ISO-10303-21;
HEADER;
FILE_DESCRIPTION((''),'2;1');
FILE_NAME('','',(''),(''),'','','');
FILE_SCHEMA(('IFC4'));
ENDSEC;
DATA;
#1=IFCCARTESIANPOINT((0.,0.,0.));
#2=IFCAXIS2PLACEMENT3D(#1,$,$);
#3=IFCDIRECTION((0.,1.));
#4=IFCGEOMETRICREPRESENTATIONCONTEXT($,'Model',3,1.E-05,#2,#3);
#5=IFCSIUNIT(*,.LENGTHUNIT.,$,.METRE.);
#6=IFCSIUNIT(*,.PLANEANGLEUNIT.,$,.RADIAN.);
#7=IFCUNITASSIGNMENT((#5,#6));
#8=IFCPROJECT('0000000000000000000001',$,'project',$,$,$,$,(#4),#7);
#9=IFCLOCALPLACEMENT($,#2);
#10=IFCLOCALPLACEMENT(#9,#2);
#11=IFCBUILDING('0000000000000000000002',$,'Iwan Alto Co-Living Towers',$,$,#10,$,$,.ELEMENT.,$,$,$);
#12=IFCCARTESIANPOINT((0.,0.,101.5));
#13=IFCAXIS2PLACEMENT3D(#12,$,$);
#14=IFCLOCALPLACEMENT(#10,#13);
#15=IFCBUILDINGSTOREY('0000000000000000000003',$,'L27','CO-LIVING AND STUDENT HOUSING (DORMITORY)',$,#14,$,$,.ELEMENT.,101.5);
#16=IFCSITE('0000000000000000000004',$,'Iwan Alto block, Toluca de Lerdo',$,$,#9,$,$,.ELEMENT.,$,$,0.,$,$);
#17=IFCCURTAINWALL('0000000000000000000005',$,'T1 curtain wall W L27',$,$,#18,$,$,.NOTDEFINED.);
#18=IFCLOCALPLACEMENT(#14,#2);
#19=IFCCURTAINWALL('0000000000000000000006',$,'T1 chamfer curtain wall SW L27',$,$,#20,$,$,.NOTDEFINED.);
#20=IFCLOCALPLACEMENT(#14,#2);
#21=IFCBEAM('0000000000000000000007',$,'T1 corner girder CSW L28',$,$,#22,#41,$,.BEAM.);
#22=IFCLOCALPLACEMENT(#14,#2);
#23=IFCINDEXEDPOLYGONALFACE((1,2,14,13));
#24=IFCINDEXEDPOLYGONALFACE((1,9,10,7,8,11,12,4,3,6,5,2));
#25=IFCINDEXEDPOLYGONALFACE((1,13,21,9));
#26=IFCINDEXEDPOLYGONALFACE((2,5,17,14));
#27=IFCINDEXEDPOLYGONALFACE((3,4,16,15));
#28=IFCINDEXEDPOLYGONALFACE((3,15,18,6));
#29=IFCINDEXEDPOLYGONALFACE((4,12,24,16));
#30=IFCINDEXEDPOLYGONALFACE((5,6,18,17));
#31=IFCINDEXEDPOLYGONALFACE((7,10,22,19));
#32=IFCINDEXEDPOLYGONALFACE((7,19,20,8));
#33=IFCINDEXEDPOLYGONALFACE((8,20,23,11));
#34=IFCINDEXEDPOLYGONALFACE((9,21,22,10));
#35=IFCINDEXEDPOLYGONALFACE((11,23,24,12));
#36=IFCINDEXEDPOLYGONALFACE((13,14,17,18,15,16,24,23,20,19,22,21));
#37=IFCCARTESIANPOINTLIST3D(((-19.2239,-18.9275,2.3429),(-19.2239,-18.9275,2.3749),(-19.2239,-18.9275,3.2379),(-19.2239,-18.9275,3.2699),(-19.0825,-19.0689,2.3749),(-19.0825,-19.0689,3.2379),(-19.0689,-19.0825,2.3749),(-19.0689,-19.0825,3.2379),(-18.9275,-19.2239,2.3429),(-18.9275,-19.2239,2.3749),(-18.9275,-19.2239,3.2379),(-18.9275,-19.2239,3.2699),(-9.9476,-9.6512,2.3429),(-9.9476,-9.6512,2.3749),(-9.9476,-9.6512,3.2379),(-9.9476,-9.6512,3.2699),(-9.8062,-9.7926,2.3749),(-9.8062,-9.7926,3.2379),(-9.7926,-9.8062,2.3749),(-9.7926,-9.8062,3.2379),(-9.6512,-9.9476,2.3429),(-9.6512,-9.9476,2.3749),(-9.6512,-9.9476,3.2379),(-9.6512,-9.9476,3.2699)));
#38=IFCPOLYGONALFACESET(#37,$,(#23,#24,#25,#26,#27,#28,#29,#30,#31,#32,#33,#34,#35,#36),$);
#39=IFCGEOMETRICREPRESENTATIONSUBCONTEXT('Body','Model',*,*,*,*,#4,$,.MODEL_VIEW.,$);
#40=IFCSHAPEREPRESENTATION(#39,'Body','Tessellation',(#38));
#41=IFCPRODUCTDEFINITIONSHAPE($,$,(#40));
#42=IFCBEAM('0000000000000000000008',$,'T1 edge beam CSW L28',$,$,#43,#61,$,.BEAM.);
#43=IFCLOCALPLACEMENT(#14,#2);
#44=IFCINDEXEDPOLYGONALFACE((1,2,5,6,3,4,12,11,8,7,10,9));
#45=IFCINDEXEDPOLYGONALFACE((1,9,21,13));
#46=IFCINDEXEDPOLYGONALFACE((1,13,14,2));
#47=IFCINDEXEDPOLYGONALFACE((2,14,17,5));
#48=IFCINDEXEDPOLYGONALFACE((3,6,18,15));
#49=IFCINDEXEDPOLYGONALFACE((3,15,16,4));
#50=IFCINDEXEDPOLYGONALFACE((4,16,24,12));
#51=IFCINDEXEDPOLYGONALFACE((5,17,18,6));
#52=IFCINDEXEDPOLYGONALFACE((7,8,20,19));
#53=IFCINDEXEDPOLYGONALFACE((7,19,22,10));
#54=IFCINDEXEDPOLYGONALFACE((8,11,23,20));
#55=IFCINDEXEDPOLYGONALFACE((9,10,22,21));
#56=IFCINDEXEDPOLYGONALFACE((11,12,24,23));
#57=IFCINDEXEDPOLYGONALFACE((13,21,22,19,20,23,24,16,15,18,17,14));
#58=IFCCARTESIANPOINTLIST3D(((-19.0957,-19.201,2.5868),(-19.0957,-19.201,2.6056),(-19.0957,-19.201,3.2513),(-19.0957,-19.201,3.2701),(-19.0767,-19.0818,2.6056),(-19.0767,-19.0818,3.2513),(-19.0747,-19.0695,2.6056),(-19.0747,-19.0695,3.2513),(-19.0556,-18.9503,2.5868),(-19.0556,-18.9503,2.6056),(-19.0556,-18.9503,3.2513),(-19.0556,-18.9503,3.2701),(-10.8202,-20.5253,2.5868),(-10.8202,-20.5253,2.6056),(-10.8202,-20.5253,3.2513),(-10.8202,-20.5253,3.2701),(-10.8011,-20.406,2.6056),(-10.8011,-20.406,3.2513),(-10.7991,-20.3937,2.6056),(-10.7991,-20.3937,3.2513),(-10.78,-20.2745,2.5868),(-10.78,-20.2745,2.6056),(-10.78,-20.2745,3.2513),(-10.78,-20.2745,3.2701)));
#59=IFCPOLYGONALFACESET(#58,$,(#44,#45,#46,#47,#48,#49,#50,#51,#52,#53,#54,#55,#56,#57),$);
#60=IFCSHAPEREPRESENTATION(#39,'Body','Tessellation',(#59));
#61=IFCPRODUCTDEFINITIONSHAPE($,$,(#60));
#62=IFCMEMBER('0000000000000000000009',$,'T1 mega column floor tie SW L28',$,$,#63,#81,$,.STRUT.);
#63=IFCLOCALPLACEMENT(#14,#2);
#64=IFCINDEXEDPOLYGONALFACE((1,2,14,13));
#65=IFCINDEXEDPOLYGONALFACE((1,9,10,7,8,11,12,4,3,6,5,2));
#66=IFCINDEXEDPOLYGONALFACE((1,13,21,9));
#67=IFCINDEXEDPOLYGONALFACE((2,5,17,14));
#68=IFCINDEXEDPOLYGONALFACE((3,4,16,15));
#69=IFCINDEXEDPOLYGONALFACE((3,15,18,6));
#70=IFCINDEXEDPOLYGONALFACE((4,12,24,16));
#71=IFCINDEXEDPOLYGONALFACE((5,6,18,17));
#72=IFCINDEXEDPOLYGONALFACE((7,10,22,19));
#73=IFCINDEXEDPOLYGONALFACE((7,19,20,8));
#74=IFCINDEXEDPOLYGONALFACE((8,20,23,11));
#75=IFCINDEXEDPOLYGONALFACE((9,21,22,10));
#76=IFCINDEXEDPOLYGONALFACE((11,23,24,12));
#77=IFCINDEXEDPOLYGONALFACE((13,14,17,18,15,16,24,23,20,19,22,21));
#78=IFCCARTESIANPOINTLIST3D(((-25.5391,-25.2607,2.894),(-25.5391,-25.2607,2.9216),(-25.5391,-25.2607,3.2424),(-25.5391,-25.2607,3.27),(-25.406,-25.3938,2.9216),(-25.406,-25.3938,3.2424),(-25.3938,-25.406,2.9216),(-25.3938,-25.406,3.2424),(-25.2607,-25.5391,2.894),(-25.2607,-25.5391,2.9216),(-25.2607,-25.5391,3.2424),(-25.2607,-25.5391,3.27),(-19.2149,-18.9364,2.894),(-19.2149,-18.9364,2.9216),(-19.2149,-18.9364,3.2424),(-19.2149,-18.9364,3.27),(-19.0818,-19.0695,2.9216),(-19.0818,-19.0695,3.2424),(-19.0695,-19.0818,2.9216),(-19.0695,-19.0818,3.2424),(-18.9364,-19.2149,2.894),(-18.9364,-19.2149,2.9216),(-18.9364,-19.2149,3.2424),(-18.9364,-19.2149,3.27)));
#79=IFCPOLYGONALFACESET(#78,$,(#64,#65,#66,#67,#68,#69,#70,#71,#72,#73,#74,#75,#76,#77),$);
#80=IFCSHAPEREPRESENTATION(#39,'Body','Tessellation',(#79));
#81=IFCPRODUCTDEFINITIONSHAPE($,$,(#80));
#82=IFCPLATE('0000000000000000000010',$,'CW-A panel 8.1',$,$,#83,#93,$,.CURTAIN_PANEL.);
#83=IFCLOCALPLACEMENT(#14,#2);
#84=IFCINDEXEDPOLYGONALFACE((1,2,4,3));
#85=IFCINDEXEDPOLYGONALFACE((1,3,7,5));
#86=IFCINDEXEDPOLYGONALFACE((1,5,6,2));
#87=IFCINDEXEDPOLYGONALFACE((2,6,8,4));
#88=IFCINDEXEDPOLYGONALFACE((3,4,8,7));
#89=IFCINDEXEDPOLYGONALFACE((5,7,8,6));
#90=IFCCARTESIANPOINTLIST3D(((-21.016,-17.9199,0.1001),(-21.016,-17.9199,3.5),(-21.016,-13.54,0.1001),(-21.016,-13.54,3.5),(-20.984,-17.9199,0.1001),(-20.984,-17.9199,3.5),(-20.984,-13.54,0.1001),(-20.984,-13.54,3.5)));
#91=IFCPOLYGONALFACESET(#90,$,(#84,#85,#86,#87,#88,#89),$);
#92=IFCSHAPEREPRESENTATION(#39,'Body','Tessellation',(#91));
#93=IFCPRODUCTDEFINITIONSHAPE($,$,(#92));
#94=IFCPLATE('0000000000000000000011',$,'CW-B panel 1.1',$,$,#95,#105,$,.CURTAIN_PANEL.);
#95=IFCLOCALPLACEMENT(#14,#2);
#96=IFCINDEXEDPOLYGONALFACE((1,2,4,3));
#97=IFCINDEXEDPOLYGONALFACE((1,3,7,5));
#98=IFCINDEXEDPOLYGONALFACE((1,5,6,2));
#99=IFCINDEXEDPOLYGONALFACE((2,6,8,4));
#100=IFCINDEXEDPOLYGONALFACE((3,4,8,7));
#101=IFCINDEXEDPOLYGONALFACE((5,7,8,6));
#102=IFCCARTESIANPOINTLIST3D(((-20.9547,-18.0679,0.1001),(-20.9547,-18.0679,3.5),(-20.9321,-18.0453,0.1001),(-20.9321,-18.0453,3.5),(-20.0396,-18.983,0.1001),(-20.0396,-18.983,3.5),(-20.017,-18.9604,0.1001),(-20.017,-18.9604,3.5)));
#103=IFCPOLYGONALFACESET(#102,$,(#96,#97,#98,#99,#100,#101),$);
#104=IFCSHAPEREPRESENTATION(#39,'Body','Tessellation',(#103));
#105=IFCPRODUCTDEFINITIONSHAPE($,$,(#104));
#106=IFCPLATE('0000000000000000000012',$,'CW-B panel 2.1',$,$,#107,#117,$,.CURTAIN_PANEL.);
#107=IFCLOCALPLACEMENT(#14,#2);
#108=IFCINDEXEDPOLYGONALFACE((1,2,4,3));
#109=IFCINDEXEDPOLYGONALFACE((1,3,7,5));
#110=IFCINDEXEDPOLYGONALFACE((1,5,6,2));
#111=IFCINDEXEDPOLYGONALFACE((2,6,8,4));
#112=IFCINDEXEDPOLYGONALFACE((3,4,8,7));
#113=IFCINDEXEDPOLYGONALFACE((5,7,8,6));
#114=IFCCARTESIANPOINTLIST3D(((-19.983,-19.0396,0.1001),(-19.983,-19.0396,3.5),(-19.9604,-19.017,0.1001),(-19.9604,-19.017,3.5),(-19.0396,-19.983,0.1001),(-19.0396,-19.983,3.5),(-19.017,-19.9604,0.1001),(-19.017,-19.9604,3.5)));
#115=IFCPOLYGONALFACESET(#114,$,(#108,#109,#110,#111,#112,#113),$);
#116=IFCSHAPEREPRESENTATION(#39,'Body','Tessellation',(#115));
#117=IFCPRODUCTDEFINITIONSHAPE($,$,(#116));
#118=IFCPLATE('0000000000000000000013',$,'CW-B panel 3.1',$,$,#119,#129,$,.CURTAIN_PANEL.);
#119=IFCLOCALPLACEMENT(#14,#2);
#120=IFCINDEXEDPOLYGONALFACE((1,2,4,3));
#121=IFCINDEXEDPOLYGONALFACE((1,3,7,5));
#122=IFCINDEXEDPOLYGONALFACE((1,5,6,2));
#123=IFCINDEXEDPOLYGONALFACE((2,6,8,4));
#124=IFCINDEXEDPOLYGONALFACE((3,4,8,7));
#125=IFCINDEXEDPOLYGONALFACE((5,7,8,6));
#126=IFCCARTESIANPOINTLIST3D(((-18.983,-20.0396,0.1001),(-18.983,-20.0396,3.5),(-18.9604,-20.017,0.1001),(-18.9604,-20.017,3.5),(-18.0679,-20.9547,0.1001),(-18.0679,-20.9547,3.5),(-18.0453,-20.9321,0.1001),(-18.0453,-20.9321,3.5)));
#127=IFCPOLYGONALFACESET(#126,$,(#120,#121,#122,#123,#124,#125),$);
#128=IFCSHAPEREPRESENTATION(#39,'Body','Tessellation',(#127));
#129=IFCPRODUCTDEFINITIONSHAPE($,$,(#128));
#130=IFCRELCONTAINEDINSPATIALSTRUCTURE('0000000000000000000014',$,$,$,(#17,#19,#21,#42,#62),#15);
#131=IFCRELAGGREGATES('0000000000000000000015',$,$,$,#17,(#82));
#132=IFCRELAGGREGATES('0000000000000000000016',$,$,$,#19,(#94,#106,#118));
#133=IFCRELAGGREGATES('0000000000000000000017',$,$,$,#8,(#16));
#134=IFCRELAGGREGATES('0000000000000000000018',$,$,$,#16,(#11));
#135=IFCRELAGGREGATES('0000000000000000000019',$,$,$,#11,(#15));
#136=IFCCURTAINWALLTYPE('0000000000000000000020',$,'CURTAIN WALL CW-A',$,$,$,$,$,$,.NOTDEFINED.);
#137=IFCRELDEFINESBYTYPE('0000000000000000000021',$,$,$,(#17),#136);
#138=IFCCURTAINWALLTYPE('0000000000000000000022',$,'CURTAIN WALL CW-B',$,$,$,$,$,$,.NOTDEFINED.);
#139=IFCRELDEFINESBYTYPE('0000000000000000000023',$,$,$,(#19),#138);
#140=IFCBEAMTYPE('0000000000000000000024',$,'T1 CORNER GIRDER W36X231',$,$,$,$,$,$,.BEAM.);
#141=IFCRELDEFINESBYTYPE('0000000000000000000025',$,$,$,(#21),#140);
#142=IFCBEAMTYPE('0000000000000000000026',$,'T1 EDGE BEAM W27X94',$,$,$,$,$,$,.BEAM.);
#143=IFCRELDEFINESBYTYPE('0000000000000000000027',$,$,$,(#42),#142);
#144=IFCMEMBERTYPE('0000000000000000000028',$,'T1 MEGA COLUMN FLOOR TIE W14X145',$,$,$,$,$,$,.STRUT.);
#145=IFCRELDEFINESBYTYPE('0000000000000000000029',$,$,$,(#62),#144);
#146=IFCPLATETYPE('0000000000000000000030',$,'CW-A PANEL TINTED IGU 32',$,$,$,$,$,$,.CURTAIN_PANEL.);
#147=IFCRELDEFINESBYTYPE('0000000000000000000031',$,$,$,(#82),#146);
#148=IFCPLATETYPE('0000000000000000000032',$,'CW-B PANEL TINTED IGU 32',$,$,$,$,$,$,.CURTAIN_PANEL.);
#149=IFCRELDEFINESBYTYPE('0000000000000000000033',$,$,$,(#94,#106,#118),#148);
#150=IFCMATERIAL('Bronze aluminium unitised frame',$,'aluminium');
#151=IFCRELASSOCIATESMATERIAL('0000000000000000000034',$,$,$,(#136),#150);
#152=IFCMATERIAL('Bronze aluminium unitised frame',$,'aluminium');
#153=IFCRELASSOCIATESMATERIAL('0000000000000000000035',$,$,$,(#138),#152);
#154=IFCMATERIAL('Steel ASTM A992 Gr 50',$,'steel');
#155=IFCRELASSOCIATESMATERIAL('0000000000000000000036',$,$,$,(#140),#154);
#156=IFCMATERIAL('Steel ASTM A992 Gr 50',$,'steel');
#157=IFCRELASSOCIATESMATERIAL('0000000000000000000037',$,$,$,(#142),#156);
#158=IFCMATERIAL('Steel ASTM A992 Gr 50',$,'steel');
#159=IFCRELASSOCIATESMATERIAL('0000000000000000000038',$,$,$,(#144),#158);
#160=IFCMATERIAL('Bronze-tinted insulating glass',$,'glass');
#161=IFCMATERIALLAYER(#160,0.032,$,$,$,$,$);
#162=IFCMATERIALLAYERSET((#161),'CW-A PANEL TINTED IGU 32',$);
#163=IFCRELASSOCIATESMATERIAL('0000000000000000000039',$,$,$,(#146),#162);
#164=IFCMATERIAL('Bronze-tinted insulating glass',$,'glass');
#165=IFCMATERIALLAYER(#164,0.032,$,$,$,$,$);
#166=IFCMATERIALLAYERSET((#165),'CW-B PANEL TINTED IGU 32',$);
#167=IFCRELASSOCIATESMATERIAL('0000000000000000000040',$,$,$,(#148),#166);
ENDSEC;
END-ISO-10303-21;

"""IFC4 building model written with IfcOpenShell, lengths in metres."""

from ifc_helpers import new_model, si_unit, direction, frame, origin, origin_2d, place, context, subcontext, project, spatial, rectangle, i_section, extrude, material, layer, layer_set, material_profile, profile_set, type_object, element, aggregate, save


model = new_model("IFC4")

# Units and contexts
model_context = context("Model", 3, precision=1e-05, world=origin(), true_north=direction((0.0, 1.0)))
body_context = subcontext(model_context, "Body", "Model", "MODEL_VIEW")
ifc_project = project(units=[si_unit("LENGTHUNIT", "METRE"), si_unit("PLANEANGLEUNIT", "RADIAN")], contexts=[model_context])

# Site, building, storey
site_placement = place(None, origin())
site = spatial("IfcSite", under=ifc_project, at=site_placement, Name="Iwan Alto block, Toluca de Lerdo", CompositionType="ELEMENT", RefElevation=0.0)
building_placement = place(site_placement, origin())
building = spatial("IfcBuilding", under=site, at=building_placement, Name="Iwan Alto Co-Living Towers", CompositionType="ELEMENT")
storey_placement = place(building_placement, frame((0.0, 0.0, 101.5)))
storey = spatial("IfcBuildingStorey", under=building, at=storey_placement, Name="L27", Description="CO-LIVING AND STUDENT HOUSING (DORMITORY)", CompositionType="ELEMENT", Elevation=101.5)

# Curtain wall
ifc_material_1 = material(Name="Bronze aluminium unitised frame", Category="aluminium")
curtain_wall_type_1 = type_object("IfcCurtainWallType", Name="CURTAIN WALL CW-A", PredefinedType="NOTDEFINED", material=ifc_material_1)
curtain_wall_1_placement = place(storey_placement, origin())
curtain_wall_1 = element("IfcCurtainWall", 1, at=curtain_wall_1_placement, inside=storey, type_object=curtain_wall_type_1, Name="T1 curtain wall W L27", PredefinedType="NOTDEFINED")

# Curtain wall
ifc_material_2 = material(Name="Bronze aluminium unitised frame", Category="aluminium")
curtain_wall_type_2 = type_object("IfcCurtainWallType", Name="CURTAIN WALL CW-B", PredefinedType="NOTDEFINED", material=ifc_material_2)
curtain_wall_2_placement = place(storey_placement, origin())
curtain_wall_2 = element("IfcCurtainWall", 2, at=curtain_wall_2_placement, inside=storey, type_object=curtain_wall_type_2, Name="T1 chamfer curtain wall SW L27", PredefinedType="NOTDEFINED")

# Beams
ifc_material_3 = material(Name="Steel ASTM A992 Gr 50", Category="steel")
ifc_material_profile_1 = material_profile(ifc_material_3, i_section(OverallWidth=0.4192, OverallDepth=0.927, WebThickness=0.0193, FlangeThickness=0.032, at=origin_2d()), Name="W36X231")
ifc_profile_set_1 = profile_set([ifc_material_profile_1], Name="Steel ASTM A992 Gr 50")
beam_type_1 = type_object("IfcBeamType", Name="T1 CORNER GIRDER W36X231", PredefinedType="BEAM", material=ifc_profile_set_1)
beam_1_placement = place(storey_placement, frame((-19.0757, -19.0757, 2.8064), z_axis=(0.707107, 0.707107, 0.0), x_axis=(-0.707107, 0.707107, 0.0)))
element("IfcBeam", 3, at=beam_1_placement, inside=storey, type_object=beam_type_1, Name="T1 corner girder CSW L28", PredefinedType="BEAM", context=body_context, shape_type="SweptSolid", body=[
    extrude(i_section(OverallWidth=0.4192, OverallDepth=0.927, WebThickness=0.0193, FlangeThickness=0.032, at=origin_2d()), origin(), (0.0, 0.0, 1.0), 13.1187),
])
ifc_material_4 = material(Name="Steel ASTM A992 Gr 50", Category="steel")
ifc_material_profile_2 = material_profile(ifc_material_4, i_section(OverallWidth=0.2539, OverallDepth=0.6833, WebThickness=0.0125, FlangeThickness=0.0188, at=origin_2d()), Name="W27X94")
ifc_profile_set_2 = profile_set([ifc_material_profile_2], Name="Steel ASTM A992 Gr 50")
beam_type_2 = type_object("IfcBeamType", Name="T1 EDGE BEAM W27X94", PredefinedType="BEAM", material=ifc_profile_set_2)
beam_2_placement = place(storey_placement, frame((-19.0757, -19.0757, 2.9285), z_axis=(0.987438, -0.158004, 0.0), x_axis=(0.158004, 0.987438, 0.0)))
element("IfcBeam", 4, at=beam_2_placement, inside=storey, type_object=beam_type_2, Name="T1 edge beam CSW L28", PredefinedType="BEAM", context=body_context, shape_type="SweptSolid", body=[
    extrude(i_section(OverallWidth=0.2539, OverallDepth=0.6833, WebThickness=0.0125, FlangeThickness=0.0188, at=origin_2d()), origin(), (0.0, 0.0, 1.0), 8.3809),
])

# Member
ifc_material_5 = material(Name="Steel ASTM A992 Gr 50", Category="steel")
ifc_material_profile_3 = material_profile(ifc_material_5, i_section(OverallWidth=0.3938, OverallDepth=0.376, WebThickness=0.0173, FlangeThickness=0.0276, at=origin_2d()), Name="W14X145")
ifc_profile_set_3 = profile_set([ifc_material_profile_3], Name="Steel ASTM A992 Gr 50")
member_type_1 = type_object("IfcMemberType", Name="T1 MEGA COLUMN FLOOR TIE W14X145", PredefinedType="STRUT", material=ifc_profile_set_3)
member_1_placement = place(storey_placement, frame((-25.3999, -25.3999, 3.082), z_axis=(0.707107, 0.707107, 0.0), x_axis=(-0.707107, 0.707107, 0.0)))
element("IfcMember", 5, at=member_1_placement, inside=storey, type_object=member_type_1, Name="T1 mega column floor tie SW L28", PredefinedType="STRUT", context=body_context, shape_type="SweptSolid", body=[
    extrude(i_section(OverallWidth=0.3938, OverallDepth=0.376, WebThickness=0.0173, FlangeThickness=0.0276, at=origin_2d()), origin(), (0.0, 0.0, 1.0), 8.9438),
])

# Plates
ifc_material_6 = material(Name="Bronze-tinted insulating glass", Category="glass")
ifc_layer_1 = layer(ifc_material_6, 0.032)
ifc_layer_set_1 = layer_set([ifc_layer_1], Name="CW-A PANEL TINTED IGU 32")
plate_type_1 = type_object("IfcPlateType", Name="CW-A PANEL TINTED IGU 32", PredefinedType="CURTAIN_PANEL", material=ifc_layer_set_1)
plate_1_placement = place(storey_placement, frame((-21.0, -15.73, 0.1001), z_axis=(0.0, 0.0, 1.0), x_axis=(0.0, -1.0, 0.0)))
plate_1 = element("IfcPlate", 6, at=plate_1_placement, type_object=plate_type_1, Name="CW-A panel 8.1", PredefinedType="CURTAIN_PANEL", context=body_context, shape_type="SweptSolid", body=[
    extrude(rectangle(XDim=4.3799, YDim=0.032, at=origin_2d()), origin(), (0.0, 0.0, 1.0), 3.3999),
])
aggregate(curtain_wall_1, [plate_1])
ifc_material_7 = material(Name="Bronze-tinted insulating glass", Category="glass")
ifc_layer_2 = layer(ifc_material_7, 0.032)
ifc_layer_set_2 = layer_set([ifc_layer_2], Name="CW-B PANEL TINTED IGU 32")
plate_type_2 = type_object("IfcPlateType", Name="CW-B PANEL TINTED IGU 32", PredefinedType="CURTAIN_PANEL", material=ifc_layer_set_2)
plate_2_placement = place(storey_placement, frame((-20.4858, -18.5142, 0.1001), z_axis=(0.0, 0.0, 1.0), x_axis=(0.707107, -0.707107, 0.0)))
plate_2 = element("IfcPlate", 7, at=plate_2_placement, type_object=plate_type_2, Name="CW-B panel 1.1", PredefinedType="CURTAIN_PANEL", context=body_context, shape_type="SweptSolid", body=[
    extrude(rectangle(XDim=1.2942, YDim=0.032, at=origin_2d()), origin(), (0.0, 0.0, 1.0), 3.3999),
])
plate_3_placement = place(storey_placement, frame((-19.5, -19.5, 0.1001), z_axis=(0.0, 0.0, 1.0), x_axis=(0.707107, -0.707107, 0.0)))
plate_3 = element("IfcPlate", 8, at=plate_3_placement, type_object=plate_type_2, Name="CW-B panel 2.1", PredefinedType="CURTAIN_PANEL", context=body_context, shape_type="SweptSolid", body=[
    extrude(rectangle(XDim=1.3342, YDim=0.032, at=origin_2d()), origin(), (0.0, 0.0, 1.0), 3.3999),
])
plate_4_placement = place(storey_placement, frame((-18.5142, -20.4858, 0.1001), z_axis=(0.0, 0.0, 1.0), x_axis=(0.707107, -0.707107, 0.0)))
plate_4 = element("IfcPlate", 9, at=plate_4_placement, type_object=plate_type_2, Name="CW-B panel 3.1", PredefinedType="CURTAIN_PANEL", context=body_context, shape_type="SweptSolid", body=[
    extrude(rectangle(XDim=1.2942, YDim=0.032, at=origin_2d()), origin(), (0.0, 0.0, 1.0), 3.3999),
])
aggregate(curtain_wall_2, [plate_2, plate_3, plate_4])

save(model, "model.ifc")
